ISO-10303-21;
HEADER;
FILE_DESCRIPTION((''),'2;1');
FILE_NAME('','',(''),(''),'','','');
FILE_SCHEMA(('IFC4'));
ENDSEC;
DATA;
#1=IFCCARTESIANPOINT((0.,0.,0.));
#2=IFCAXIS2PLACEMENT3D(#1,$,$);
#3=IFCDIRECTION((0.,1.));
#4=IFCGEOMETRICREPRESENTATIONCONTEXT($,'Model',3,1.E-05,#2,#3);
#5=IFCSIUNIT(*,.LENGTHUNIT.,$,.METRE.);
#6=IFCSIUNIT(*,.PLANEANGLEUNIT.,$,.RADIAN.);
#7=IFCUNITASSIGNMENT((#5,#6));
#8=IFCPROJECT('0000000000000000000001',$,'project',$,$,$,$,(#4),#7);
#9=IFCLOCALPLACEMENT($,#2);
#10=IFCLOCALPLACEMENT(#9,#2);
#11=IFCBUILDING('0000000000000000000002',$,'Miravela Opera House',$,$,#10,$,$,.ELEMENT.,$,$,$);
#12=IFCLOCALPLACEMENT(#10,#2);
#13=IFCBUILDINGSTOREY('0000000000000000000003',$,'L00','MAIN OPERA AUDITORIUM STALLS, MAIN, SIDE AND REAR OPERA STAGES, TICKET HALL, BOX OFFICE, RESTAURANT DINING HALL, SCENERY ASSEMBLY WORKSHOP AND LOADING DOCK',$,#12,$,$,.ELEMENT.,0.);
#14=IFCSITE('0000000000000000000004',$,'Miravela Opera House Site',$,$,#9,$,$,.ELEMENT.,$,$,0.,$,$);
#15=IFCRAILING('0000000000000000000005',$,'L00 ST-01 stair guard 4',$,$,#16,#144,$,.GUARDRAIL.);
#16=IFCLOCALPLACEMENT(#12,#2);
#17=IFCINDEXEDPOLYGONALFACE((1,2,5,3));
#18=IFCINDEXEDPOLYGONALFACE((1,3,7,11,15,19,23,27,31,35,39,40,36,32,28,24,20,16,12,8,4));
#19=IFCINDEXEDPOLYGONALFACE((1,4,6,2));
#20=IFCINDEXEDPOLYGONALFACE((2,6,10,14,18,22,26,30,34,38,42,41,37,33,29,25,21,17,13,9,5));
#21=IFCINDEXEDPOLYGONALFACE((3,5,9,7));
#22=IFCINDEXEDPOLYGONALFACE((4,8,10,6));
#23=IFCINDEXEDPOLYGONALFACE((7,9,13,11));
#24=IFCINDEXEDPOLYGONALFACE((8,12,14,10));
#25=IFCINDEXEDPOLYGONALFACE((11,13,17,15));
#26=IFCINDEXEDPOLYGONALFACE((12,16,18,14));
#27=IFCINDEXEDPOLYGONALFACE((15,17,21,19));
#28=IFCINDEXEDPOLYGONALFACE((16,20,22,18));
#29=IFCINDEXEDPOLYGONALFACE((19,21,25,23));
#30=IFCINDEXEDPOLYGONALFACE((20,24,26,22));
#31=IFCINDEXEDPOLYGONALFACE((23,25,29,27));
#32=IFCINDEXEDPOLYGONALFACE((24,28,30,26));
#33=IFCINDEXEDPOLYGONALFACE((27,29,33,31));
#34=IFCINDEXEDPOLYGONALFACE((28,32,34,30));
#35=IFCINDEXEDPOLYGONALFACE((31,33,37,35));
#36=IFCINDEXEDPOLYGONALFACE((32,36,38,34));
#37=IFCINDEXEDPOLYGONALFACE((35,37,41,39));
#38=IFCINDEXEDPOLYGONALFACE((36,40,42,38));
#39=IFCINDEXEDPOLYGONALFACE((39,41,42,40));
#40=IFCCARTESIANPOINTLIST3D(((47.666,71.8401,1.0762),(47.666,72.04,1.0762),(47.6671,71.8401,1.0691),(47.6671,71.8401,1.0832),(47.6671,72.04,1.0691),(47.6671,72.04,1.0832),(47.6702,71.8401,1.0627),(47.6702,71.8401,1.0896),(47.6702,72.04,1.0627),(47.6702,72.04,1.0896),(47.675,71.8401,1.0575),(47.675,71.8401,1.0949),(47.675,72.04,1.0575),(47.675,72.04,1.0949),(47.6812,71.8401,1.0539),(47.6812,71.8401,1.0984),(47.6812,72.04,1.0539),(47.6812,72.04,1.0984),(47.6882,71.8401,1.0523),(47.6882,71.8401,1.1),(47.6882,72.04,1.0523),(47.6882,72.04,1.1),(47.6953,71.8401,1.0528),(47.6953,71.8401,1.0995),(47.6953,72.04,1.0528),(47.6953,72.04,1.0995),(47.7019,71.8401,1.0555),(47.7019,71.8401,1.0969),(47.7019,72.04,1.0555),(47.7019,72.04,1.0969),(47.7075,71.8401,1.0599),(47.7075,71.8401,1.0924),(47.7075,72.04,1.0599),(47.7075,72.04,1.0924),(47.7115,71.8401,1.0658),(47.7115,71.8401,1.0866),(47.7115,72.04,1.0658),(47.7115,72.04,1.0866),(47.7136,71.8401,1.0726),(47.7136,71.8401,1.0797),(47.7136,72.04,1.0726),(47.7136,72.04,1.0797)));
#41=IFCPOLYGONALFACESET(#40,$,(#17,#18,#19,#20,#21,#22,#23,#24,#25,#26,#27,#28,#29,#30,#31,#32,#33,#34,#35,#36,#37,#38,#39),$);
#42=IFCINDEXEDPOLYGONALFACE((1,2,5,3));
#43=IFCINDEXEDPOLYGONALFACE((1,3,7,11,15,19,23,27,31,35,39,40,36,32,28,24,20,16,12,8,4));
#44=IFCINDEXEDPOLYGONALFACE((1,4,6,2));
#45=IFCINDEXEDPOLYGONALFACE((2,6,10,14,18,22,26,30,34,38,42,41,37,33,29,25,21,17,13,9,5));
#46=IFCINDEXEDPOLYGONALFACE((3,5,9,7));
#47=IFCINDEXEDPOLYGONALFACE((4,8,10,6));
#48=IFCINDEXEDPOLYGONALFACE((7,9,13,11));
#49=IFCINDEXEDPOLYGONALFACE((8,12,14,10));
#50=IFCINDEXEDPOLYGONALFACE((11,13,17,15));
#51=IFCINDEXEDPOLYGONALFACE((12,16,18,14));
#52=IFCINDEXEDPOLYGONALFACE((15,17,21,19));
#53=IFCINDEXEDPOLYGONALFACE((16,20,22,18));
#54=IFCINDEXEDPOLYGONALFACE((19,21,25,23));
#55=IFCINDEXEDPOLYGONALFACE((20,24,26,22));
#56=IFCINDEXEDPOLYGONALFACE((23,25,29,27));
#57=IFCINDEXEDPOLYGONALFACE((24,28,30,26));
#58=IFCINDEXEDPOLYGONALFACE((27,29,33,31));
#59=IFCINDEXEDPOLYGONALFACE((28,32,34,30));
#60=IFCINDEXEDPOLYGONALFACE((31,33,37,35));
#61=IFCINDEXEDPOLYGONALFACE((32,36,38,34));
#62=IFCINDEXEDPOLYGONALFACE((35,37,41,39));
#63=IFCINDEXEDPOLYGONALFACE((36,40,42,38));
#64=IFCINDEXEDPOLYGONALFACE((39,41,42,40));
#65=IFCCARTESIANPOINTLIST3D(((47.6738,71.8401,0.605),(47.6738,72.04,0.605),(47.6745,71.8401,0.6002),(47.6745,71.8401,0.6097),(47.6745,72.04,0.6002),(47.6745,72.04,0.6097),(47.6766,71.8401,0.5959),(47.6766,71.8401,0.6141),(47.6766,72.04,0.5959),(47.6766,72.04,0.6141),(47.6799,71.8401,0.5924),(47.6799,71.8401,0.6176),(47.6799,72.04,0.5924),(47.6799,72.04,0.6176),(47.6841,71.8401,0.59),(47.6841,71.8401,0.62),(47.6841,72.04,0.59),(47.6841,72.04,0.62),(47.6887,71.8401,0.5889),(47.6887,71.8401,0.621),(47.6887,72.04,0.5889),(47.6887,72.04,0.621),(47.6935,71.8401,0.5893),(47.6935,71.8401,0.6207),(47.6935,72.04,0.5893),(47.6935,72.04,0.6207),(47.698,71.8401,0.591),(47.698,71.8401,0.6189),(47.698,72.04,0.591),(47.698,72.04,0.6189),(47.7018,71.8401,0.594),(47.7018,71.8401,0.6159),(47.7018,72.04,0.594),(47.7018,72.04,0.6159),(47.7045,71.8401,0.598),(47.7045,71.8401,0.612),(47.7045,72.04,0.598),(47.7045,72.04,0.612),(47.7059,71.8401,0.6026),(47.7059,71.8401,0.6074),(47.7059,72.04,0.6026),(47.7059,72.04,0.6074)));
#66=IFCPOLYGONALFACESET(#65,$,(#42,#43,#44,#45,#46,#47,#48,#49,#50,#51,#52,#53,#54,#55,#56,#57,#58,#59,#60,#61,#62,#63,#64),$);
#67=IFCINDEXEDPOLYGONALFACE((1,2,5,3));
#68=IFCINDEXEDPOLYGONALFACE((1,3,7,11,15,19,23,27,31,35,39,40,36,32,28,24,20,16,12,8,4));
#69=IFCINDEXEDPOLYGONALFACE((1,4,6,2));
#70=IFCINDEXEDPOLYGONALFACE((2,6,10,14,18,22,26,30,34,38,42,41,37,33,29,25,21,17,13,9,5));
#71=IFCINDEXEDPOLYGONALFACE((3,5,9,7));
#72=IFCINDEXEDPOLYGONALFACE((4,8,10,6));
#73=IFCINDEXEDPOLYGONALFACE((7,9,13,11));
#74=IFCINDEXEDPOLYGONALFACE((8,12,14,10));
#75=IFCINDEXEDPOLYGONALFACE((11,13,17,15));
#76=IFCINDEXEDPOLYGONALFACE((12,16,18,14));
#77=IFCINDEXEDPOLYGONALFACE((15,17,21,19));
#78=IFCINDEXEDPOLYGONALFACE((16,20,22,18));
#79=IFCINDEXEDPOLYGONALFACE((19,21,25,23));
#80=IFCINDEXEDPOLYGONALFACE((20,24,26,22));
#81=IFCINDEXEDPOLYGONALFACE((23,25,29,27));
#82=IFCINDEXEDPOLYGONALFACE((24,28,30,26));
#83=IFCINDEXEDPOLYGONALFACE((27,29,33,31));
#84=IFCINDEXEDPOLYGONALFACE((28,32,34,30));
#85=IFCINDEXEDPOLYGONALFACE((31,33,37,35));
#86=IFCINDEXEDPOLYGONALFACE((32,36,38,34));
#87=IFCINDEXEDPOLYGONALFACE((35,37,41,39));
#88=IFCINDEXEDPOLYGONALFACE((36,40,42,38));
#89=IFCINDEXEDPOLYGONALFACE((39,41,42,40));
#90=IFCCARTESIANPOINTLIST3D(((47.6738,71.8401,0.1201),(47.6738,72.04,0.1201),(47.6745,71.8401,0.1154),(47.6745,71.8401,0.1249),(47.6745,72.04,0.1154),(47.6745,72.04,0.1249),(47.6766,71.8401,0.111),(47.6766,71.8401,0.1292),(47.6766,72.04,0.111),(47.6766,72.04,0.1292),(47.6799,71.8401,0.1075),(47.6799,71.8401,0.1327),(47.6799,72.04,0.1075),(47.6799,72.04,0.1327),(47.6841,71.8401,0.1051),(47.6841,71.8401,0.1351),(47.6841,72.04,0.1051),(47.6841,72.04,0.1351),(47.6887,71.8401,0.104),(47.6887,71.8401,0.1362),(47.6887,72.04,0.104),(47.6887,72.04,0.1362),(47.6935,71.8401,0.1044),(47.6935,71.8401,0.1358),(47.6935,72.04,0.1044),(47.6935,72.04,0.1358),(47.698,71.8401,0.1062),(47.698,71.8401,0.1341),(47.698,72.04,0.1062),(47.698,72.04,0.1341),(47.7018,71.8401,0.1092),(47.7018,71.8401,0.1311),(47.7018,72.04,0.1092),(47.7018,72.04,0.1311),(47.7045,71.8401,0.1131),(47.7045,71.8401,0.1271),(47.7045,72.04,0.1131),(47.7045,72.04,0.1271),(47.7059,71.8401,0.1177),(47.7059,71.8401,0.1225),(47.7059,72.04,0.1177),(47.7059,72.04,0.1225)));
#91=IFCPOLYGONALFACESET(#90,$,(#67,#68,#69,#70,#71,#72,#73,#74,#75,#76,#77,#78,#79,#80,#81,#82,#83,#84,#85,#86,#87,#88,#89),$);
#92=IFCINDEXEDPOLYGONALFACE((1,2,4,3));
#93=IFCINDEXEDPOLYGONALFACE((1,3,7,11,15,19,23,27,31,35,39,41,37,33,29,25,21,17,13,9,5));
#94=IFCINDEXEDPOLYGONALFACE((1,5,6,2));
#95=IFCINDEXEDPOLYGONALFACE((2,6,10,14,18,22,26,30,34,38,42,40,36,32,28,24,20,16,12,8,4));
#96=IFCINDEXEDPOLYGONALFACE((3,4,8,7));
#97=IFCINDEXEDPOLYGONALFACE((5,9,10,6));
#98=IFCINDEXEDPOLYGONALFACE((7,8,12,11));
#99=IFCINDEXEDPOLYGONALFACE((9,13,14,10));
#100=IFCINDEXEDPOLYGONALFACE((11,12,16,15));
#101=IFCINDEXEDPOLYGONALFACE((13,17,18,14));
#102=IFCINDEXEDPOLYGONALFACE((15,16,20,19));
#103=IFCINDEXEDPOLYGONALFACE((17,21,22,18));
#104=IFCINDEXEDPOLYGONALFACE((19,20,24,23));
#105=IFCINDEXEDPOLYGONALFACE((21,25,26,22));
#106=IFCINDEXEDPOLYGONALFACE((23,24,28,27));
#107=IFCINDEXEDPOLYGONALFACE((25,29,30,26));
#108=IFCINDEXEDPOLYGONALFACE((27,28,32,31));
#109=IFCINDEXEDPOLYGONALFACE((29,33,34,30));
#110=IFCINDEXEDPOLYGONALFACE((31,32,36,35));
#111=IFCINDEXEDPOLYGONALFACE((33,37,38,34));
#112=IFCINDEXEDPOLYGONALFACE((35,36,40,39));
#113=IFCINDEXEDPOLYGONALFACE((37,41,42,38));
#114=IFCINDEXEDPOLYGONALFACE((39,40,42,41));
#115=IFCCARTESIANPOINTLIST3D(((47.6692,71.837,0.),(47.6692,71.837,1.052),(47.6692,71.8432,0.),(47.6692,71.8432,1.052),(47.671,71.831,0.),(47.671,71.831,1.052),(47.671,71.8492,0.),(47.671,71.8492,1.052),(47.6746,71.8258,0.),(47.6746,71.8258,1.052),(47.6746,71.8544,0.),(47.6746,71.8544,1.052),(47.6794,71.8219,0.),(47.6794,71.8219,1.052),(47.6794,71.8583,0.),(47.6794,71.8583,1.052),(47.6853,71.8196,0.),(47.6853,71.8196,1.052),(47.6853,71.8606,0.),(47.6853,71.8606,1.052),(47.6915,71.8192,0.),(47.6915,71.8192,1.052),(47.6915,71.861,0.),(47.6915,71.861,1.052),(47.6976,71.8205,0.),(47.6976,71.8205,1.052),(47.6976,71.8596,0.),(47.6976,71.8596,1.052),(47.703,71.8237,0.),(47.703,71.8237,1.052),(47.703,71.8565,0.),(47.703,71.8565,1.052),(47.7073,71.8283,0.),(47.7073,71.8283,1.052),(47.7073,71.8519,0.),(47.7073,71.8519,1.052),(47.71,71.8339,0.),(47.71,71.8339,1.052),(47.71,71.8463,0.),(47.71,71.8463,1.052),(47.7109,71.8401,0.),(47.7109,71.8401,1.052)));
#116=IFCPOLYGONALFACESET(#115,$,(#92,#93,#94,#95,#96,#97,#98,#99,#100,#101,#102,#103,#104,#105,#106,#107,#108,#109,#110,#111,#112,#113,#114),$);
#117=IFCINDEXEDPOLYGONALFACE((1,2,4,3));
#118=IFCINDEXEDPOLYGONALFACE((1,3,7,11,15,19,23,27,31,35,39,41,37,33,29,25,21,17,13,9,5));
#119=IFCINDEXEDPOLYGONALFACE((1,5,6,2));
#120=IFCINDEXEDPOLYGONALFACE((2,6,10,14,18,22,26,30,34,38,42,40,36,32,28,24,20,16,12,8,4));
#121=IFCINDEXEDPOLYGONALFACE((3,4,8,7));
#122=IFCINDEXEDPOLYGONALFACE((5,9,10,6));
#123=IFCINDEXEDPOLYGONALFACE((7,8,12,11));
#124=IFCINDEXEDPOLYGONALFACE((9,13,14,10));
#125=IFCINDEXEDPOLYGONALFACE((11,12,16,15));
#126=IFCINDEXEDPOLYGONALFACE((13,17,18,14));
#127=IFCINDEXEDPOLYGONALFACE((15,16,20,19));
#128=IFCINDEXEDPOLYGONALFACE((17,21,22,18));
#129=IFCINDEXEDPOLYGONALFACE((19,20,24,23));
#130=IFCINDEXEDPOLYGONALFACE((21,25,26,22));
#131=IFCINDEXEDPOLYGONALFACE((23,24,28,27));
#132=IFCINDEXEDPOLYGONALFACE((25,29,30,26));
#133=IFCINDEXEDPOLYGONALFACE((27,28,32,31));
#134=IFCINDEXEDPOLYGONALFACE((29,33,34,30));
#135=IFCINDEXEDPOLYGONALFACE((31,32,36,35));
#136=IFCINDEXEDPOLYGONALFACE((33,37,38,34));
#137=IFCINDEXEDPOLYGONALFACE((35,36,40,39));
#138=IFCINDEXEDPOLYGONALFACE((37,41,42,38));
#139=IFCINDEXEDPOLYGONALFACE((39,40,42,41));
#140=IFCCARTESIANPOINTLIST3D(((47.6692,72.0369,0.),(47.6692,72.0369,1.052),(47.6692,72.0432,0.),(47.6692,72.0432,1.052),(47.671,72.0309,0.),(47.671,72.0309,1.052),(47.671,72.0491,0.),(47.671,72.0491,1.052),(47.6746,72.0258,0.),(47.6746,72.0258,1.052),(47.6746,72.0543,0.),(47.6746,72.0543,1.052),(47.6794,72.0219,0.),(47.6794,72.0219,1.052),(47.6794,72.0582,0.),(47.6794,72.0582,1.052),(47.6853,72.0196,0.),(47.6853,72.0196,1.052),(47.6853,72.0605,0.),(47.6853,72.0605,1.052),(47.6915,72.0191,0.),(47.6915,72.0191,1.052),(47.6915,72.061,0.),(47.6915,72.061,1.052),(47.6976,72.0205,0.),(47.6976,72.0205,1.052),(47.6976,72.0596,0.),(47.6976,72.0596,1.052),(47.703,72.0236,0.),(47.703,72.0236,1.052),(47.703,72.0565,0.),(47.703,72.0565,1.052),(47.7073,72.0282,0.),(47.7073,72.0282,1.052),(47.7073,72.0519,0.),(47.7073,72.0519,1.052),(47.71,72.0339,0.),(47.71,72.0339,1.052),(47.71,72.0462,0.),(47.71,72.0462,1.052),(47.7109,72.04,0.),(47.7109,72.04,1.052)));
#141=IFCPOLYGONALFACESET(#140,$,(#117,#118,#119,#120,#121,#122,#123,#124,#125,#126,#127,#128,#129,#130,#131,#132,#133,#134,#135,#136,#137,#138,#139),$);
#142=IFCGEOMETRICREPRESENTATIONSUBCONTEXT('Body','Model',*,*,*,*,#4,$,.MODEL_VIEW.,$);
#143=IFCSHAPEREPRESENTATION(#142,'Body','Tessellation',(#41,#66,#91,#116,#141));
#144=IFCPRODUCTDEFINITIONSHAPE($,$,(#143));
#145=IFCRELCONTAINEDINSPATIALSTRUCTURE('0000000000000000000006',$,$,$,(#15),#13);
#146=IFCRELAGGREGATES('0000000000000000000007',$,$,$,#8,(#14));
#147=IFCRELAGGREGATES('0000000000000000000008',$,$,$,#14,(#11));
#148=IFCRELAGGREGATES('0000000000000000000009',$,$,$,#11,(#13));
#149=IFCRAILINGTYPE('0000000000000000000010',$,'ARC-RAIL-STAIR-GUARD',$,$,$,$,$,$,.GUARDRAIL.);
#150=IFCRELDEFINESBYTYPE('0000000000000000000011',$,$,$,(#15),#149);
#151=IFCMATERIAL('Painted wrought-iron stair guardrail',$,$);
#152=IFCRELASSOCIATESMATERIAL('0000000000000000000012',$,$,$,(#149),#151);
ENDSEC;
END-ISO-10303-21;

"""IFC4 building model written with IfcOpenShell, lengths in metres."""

from ifc_helpers import new_model, si_unit, direction, frame, origin, origin_2d, place, context, subcontext, project, spatial, circle, extrude, material, type_object, element, save


model = new_model("IFC4")

# Units and contexts
model_context = context("Model", 3, precision=1e-05, world=origin(), true_north=direction((0.0, 1.0)))
body_context = subcontext(model_context, "Body", "Model", "MODEL_VIEW")
ifc_project = project(units=[si_unit("LENGTHUNIT", "METRE"), si_unit("PLANEANGLEUNIT", "RADIAN")], contexts=[model_context])

# Site, building, storey
site_placement = place(None, origin())
site = spatial("IfcSite", under=ifc_project, at=site_placement, Name="Miravela Opera House Site", CompositionType="ELEMENT", RefElevation=0.0)
building_placement = place(site_placement, origin())
building = spatial("IfcBuilding", under=site, at=building_placement, Name="Miravela Opera House", CompositionType="ELEMENT")
storey_placement = place(building_placement, origin())
storey = spatial("IfcBuildingStorey", under=building, at=storey_placement, Name="L00", Description="MAIN OPERA AUDITORIUM STALLS, MAIN, SIDE AND REAR OPERA STAGES, TICKET HALL, BOX OFFICE, RESTAURANT DINING HALL, SCENERY ASSEMBLY WORKSHOP AND LOADING DOCK", CompositionType="ELEMENT", Elevation=0.0)

# Railing
ifc_material_1 = material(Name="Painted wrought-iron stair guardrail")
railing_type_1 = type_object("IfcRailingType", Name="ARC-RAIL-STAIR-GUARD", PredefinedType="GUARDRAIL", material=ifc_material_1)
railing_1_placement = place(storey_placement, frame((47.6899, 71.8401, 0.0)))
element("IfcRailing", 1, at=railing_1_placement, inside=storey, type_object=railing_type_1, Name="L00 ST-01 stair guard 4", PredefinedType="GUARDRAIL", context=body_context, shape_type="SweptSolid", body=[
    extrude(circle(Radius=0.0239, at=origin_2d()), frame((0.0, 0.0, 1.0762), z_axis=(0.0, 1.0, 0.0), x_axis=(-1.0, 0.0, 0.0)), (0.0, 0.0, 1.0), 0.2),
    extrude(circle(Radius=0.0161, at=origin_2d()), frame((0.0, 0.0, 0.605), z_axis=(0.0, 1.0, 0.0), x_axis=(-1.0, 0.0, 0.0)), (0.0, 0.0, 1.0), 0.2),
    extrude(circle(Radius=0.0161, at=origin_2d()), frame((0.0, 0.0, 0.1201), z_axis=(0.0, 1.0, 0.0), x_axis=(-1.0, 0.0, 0.0)), (0.0, 0.0, 1.0), 0.2),
    extrude(circle(Radius=0.021, at=origin_2d()), origin(), (0.0, 0.0, 1.0), 1.052),
    extrude(circle(Radius=0.021, at=origin_2d()), frame((0.0, 0.2, 0.0)), (0.0, 0.0, 1.0), 1.052),
])

save(model, "model.ifc")
